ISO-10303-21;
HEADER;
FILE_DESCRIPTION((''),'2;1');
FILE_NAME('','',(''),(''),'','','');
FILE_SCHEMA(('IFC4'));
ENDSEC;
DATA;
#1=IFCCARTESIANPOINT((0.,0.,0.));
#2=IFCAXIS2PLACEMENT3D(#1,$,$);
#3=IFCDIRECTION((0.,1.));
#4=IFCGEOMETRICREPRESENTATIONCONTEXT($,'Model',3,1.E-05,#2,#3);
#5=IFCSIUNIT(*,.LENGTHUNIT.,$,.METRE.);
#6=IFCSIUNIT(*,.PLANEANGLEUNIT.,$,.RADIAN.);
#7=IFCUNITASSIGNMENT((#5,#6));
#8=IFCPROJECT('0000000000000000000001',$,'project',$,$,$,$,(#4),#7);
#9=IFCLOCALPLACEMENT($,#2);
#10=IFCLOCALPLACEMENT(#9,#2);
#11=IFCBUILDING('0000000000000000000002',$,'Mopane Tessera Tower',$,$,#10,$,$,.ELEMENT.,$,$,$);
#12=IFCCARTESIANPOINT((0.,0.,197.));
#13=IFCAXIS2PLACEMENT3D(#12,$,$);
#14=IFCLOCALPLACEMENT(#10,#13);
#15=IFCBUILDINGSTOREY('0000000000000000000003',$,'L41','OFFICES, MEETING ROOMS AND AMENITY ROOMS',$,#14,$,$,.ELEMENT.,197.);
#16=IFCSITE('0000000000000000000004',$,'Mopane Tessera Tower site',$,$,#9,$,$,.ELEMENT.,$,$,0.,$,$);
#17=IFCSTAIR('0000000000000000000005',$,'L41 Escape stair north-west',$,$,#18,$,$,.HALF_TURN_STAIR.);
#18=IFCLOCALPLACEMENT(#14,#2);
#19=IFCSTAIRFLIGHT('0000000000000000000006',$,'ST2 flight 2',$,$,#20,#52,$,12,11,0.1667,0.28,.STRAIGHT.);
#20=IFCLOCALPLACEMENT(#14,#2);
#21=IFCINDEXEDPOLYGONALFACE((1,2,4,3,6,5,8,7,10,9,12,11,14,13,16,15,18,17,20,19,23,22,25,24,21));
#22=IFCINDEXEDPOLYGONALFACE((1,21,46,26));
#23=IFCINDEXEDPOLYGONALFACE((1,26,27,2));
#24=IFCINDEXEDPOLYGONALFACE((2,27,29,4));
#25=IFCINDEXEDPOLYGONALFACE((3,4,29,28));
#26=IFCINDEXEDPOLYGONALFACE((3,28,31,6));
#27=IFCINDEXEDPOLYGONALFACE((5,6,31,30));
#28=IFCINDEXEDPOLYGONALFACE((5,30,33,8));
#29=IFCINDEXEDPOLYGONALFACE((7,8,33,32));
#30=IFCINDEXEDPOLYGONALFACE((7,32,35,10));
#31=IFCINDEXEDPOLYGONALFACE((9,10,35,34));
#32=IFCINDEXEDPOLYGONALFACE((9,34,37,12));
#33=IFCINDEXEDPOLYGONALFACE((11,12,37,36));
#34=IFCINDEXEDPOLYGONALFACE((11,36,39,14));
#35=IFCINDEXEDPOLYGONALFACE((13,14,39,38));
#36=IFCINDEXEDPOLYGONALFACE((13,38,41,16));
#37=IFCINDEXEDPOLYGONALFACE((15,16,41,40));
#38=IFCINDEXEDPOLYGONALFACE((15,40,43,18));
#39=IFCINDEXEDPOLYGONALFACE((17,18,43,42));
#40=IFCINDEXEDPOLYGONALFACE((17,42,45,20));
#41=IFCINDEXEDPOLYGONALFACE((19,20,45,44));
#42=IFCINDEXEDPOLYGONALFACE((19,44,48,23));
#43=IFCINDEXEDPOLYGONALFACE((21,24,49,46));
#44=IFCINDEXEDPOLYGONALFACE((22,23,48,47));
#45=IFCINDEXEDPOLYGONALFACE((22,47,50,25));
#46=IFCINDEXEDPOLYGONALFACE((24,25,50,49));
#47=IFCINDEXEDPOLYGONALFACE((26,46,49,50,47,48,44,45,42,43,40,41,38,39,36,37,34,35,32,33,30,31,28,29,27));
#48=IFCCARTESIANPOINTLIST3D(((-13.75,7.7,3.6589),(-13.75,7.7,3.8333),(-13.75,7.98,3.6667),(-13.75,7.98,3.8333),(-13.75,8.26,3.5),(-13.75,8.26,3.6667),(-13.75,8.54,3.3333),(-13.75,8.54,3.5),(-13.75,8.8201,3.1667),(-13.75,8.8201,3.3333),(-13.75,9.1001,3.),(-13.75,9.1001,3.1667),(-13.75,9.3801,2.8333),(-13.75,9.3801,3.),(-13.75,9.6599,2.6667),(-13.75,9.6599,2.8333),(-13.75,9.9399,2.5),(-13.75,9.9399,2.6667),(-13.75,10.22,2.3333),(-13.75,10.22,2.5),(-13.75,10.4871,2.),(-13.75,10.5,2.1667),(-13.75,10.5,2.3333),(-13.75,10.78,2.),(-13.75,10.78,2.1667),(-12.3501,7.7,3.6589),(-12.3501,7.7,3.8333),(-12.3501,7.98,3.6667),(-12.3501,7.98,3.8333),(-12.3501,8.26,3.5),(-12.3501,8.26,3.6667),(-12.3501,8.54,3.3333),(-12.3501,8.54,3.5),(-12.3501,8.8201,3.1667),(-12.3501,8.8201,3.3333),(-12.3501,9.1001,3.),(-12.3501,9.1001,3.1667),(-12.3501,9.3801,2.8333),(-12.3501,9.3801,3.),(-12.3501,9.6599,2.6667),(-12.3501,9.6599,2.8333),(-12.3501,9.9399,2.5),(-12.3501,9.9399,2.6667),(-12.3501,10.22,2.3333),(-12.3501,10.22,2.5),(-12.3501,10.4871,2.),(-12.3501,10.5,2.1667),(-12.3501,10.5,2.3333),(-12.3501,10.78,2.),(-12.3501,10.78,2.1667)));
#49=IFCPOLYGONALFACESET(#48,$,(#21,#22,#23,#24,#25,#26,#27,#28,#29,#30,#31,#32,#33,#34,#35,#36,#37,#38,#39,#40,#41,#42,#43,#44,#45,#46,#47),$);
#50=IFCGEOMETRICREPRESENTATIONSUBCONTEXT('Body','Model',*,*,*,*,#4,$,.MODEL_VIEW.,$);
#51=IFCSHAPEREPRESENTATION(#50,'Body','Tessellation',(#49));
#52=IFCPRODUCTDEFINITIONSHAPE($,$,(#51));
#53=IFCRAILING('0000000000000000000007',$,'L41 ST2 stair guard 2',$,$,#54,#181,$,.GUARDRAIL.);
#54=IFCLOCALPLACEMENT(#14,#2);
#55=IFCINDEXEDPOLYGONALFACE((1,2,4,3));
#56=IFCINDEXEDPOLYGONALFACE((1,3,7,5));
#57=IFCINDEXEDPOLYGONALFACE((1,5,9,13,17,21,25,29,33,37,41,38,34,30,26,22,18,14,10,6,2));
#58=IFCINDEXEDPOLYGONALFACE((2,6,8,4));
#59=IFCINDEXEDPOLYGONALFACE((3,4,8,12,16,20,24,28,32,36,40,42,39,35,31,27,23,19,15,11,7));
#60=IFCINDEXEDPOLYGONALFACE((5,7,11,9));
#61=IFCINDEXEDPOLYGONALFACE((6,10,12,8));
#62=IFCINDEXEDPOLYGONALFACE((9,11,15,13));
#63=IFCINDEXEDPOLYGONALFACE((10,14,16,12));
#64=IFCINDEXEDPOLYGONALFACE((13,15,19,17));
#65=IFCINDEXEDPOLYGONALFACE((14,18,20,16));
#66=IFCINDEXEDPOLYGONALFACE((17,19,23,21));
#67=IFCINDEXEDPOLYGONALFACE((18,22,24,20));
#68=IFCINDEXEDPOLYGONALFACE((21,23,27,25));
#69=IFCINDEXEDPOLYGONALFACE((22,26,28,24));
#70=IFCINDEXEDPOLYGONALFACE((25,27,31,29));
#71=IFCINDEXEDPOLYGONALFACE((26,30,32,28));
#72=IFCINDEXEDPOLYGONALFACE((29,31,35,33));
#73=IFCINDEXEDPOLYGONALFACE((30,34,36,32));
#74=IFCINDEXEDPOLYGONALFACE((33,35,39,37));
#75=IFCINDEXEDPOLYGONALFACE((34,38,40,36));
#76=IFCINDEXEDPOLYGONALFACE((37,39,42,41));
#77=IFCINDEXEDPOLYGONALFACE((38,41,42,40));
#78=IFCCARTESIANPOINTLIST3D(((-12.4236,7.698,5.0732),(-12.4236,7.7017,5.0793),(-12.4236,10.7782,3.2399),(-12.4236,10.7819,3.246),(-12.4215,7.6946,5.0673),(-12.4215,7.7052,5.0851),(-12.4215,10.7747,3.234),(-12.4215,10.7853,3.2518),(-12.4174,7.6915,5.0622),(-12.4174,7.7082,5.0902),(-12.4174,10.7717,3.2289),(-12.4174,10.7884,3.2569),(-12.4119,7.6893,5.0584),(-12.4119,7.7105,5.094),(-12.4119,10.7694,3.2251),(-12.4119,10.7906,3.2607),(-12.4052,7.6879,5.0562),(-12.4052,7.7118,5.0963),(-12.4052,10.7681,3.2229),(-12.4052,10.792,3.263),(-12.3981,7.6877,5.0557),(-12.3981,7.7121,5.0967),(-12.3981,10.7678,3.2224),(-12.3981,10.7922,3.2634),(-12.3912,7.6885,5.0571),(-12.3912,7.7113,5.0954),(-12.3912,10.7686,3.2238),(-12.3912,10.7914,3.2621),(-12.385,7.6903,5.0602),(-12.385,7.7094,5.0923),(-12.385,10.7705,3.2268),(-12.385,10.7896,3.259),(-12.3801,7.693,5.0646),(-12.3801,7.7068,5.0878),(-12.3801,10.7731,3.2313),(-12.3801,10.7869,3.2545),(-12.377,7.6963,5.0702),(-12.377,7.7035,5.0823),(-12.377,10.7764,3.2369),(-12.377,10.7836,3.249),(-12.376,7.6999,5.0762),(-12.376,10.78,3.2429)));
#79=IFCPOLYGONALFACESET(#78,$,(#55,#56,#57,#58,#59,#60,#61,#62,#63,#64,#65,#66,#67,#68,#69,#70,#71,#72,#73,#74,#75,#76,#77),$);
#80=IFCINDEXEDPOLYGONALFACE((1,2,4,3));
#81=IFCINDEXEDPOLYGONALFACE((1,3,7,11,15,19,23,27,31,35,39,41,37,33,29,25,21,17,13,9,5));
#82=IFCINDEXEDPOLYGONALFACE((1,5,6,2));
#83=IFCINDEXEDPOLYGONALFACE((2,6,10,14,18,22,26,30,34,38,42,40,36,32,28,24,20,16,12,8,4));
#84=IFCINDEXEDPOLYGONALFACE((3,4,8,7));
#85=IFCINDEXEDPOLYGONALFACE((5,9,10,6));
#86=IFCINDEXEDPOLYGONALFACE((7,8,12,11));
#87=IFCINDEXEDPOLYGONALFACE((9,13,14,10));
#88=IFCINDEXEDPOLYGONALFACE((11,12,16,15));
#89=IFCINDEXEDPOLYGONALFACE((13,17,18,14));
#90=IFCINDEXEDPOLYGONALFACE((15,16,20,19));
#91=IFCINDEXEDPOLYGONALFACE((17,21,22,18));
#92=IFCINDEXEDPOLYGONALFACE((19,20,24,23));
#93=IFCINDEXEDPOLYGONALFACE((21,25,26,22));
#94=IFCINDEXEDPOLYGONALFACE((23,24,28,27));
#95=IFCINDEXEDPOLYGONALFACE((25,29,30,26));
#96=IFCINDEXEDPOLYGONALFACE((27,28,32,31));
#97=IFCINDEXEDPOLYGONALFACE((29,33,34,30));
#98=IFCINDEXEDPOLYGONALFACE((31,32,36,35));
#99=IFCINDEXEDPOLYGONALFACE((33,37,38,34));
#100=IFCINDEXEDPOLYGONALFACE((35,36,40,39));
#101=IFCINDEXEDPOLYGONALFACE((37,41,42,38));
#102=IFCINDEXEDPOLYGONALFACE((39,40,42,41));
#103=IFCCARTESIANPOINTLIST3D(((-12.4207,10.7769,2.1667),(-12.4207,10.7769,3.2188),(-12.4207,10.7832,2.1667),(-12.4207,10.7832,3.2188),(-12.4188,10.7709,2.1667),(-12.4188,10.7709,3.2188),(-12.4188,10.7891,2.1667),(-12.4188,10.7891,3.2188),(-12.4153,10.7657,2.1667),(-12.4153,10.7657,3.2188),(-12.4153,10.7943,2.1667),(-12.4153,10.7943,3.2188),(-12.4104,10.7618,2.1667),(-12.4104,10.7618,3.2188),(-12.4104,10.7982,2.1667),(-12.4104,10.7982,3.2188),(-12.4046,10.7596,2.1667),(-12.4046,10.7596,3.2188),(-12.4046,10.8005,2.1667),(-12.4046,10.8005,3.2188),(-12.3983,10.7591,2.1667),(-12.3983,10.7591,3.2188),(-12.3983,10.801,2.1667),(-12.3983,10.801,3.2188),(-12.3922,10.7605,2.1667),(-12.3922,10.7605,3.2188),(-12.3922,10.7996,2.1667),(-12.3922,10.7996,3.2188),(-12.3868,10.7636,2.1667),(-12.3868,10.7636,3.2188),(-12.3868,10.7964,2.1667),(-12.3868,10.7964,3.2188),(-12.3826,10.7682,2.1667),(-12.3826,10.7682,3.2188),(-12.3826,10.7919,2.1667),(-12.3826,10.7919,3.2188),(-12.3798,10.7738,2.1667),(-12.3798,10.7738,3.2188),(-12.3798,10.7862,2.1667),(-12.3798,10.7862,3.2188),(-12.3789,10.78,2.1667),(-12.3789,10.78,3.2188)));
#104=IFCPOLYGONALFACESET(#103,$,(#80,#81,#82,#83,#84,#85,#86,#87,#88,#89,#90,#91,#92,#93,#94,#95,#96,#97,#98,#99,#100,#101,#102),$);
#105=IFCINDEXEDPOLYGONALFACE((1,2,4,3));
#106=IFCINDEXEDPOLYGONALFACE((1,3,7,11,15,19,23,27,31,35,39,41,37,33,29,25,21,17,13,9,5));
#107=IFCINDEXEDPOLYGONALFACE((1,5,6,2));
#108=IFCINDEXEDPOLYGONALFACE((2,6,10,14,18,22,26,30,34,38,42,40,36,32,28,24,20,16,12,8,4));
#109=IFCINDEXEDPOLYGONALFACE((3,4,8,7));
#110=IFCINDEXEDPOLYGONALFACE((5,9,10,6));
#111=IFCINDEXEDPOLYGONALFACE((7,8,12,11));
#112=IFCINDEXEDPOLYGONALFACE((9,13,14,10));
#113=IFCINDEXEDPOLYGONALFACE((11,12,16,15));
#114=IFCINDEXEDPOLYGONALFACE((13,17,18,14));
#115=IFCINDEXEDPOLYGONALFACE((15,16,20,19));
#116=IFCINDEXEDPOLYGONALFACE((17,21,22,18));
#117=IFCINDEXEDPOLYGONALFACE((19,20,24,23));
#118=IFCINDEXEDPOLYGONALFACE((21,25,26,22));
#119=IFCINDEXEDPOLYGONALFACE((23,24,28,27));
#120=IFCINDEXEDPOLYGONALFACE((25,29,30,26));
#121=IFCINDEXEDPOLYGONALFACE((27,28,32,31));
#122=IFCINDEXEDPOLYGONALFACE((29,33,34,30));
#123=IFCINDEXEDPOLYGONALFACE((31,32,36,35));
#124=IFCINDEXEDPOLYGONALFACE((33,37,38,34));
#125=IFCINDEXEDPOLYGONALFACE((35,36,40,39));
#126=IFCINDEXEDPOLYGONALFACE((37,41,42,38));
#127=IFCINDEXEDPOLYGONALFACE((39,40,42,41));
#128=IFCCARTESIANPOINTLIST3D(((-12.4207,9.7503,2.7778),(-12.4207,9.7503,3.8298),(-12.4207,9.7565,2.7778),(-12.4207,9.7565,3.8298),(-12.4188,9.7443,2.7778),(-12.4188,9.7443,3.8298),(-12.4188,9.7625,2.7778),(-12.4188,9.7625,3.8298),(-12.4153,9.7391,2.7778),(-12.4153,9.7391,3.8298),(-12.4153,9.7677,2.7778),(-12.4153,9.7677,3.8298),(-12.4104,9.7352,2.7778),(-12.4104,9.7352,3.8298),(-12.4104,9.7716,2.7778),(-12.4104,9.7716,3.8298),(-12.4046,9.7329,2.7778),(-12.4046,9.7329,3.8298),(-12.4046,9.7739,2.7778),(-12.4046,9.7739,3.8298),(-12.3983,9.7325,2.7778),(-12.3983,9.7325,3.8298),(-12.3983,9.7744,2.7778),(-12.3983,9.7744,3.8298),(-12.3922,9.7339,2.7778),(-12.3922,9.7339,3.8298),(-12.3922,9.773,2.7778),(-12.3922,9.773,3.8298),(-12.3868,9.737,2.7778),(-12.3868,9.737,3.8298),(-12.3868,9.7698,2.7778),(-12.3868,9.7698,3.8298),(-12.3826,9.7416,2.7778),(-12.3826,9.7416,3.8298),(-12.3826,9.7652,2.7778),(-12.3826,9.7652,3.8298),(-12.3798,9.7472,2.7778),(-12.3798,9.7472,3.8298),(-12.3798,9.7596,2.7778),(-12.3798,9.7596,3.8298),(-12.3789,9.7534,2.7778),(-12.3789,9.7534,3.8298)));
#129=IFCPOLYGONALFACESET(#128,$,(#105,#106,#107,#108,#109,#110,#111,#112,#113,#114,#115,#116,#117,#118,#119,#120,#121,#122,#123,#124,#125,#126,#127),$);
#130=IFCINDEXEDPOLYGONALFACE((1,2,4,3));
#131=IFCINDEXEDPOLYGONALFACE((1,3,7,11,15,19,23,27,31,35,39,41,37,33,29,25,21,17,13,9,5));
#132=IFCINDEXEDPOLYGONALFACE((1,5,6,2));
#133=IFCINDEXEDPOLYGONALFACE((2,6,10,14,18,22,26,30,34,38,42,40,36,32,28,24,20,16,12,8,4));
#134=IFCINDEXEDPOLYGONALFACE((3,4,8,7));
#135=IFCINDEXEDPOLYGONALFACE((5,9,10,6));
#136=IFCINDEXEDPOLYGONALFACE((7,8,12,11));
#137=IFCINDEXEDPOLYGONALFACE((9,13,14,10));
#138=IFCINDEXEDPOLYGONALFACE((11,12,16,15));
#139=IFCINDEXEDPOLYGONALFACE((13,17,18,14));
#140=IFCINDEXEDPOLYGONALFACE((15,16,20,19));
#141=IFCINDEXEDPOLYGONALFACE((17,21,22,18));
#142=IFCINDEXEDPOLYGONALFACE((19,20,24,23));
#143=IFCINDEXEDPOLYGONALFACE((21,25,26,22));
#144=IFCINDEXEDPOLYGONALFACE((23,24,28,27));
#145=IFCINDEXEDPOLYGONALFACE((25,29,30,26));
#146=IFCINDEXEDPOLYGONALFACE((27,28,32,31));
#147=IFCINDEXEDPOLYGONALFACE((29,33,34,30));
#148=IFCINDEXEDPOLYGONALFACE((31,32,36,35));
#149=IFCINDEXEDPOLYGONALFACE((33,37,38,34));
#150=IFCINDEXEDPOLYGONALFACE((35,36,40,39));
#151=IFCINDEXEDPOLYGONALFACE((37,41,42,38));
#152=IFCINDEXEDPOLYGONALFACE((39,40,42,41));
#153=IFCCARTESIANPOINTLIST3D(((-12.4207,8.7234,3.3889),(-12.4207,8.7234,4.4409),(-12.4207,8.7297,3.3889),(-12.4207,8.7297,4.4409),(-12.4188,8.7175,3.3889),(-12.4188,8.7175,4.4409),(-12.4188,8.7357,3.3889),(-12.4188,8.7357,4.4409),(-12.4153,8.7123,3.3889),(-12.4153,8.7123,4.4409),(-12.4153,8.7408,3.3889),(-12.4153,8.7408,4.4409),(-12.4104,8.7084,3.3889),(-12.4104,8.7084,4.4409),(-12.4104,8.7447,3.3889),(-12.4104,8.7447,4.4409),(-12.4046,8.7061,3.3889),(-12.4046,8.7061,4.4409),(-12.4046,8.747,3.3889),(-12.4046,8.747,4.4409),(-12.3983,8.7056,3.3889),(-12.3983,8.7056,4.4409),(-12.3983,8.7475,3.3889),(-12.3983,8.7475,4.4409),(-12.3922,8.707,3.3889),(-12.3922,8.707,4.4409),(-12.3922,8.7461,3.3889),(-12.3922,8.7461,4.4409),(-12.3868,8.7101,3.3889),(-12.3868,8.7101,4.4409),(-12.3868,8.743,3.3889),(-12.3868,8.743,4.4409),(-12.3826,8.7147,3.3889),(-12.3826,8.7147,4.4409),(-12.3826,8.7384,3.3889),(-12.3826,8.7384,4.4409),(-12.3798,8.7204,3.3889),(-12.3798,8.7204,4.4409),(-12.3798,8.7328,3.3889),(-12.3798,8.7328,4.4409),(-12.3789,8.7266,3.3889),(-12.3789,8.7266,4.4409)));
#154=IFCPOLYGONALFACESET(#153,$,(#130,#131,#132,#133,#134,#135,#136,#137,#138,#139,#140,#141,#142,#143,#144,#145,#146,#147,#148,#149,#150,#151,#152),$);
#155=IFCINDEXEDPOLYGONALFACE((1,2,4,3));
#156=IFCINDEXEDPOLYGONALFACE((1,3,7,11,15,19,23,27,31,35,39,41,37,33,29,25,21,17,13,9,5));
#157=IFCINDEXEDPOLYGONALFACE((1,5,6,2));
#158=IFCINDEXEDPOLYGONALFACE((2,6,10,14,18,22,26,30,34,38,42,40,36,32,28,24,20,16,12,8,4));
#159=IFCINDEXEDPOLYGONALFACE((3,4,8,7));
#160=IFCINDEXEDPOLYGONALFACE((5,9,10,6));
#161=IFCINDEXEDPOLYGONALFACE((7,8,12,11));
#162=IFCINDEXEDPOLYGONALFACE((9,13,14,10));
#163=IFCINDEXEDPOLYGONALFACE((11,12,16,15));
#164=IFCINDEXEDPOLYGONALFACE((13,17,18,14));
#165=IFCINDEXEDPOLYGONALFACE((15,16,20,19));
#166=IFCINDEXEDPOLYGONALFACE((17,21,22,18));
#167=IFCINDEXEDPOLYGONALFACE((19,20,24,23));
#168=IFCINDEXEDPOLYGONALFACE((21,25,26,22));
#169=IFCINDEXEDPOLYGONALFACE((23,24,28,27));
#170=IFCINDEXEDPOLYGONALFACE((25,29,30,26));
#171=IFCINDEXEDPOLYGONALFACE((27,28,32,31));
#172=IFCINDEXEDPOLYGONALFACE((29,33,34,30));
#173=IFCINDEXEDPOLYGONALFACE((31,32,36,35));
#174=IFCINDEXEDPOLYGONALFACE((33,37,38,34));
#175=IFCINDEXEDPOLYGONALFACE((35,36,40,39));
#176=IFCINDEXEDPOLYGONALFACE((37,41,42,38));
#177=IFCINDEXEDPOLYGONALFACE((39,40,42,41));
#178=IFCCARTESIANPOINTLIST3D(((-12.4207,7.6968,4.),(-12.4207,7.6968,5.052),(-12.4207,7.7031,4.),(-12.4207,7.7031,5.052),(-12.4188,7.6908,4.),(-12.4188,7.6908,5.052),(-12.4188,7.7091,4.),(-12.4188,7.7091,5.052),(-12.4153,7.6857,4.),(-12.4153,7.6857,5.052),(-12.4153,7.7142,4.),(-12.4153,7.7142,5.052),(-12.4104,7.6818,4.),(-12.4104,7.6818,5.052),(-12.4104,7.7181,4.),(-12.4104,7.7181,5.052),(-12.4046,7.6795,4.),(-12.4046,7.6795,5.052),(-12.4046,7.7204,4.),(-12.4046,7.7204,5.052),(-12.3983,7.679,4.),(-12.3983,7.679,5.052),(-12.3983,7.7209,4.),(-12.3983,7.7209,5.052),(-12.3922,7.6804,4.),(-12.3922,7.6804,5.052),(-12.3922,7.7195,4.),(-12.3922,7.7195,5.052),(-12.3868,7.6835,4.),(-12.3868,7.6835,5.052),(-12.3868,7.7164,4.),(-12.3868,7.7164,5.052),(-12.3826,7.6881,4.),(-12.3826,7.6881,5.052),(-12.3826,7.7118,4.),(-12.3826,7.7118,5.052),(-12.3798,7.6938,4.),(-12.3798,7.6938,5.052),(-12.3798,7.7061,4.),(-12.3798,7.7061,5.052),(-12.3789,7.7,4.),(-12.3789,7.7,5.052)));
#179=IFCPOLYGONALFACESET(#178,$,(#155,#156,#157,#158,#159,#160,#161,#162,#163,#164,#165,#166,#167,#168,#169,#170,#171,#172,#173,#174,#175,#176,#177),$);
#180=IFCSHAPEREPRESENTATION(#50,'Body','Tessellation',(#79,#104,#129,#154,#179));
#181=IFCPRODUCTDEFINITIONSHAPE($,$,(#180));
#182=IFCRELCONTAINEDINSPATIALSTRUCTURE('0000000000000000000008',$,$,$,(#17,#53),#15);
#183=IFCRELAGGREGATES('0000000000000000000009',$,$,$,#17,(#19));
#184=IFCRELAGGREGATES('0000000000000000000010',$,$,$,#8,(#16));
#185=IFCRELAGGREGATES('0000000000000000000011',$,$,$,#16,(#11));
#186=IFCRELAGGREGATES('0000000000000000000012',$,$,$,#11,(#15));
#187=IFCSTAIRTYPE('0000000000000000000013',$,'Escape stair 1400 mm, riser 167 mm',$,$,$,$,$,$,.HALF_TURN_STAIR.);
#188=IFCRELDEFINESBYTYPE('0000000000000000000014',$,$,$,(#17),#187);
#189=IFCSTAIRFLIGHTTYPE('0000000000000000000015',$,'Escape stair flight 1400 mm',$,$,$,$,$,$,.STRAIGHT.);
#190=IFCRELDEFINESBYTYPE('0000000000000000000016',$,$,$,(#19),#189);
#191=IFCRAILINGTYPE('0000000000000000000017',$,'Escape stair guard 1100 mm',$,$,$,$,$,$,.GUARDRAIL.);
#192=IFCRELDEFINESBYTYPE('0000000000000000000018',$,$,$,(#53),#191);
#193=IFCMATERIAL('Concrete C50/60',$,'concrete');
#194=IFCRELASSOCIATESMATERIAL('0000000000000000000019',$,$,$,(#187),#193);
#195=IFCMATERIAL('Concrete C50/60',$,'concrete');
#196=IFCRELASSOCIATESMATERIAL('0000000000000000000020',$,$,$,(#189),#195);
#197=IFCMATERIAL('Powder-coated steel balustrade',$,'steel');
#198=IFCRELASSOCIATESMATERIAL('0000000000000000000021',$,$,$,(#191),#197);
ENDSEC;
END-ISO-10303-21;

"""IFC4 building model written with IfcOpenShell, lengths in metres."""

from ifc_helpers import new_model, si_unit, direction, frame, origin, origin_2d, place, context, subcontext, project, spatial, polyline, circle, outline, extrude, material, type_object, element, aggregate, save


model = new_model("IFC4")

# Units and contexts
model_context = context("Model", 3, precision=1e-05, world=origin(), true_north=direction((0.0, 1.0)))
body_context = subcontext(model_context, "Body", "Model", "MODEL_VIEW")
ifc_project = project(units=[si_unit("LENGTHUNIT", "METRE"), si_unit("PLANEANGLEUNIT", "RADIAN")], contexts=[model_context])

# Site, building, storey
site_placement = place(None, origin())
site = spatial("IfcSite", under=ifc_project, at=site_placement, Name="Mopane Tessera Tower site", CompositionType="ELEMENT", RefElevation=0.0)
building_placement = place(site_placement, origin())
building = spatial("IfcBuilding", under=site, at=building_placement, Name="Mopane Tessera Tower", CompositionType="ELEMENT")
storey_placement = place(building_placement, frame((0.0, 0.0, 197.0)))
storey = spatial("IfcBuildingStorey", under=building, at=storey_placement, Name="L41", Description="OFFICES, MEETING ROOMS AND AMENITY ROOMS", CompositionType="ELEMENT", Elevation=197.0)

# Stair, stair flight
ifc_material_1 = material(Name="Concrete C50/60", Category="concrete")
stair_type = type_object("IfcStairType", Name="Escape stair 1400 mm, riser 167 mm", PredefinedType="HALF_TURN_STAIR", material=ifc_material_1)
stair_placement = place(storey_placement, origin())
stair = element("IfcStair", 1, at=stair_placement, inside=storey, type_object=stair_type, Name="L41 Escape stair north-west", PredefinedType="HALF_TURN_STAIR")
ifc_material_2 = material(Name="Concrete C50/60", Category="concrete")
stair_flight_type = type_object("IfcStairFlightType", Name="Escape stair flight 1400 mm", PredefinedType="STRAIGHT", material=ifc_material_2)
stair_flight_placement = place(storey_placement, frame((-13.05, 10.78, 2.0), z_axis=(0.0, 0.0, 1.0), x_axis=(0.0, -1.0, 0.0)))
stair_flight = element("IfcStairFlight", 2, at=stair_flight_placement, type_object=stair_flight_type, Name="ST2 flight 2", NumberOfRisers=12, NumberOfTreads=11, PredefinedType="STRAIGHT", RiserHeight=0.1667, TreadLength=0.28, context=body_context, shape_type="SweptSolid", body=[
    extrude(outline(polyline([(0.0, 0.0), (0.0, 0.1667), (0.28, 0.1667), (0.28, 0.3333), (0.5601, 0.3333), (0.5601, 0.5), (0.8401, 0.5), (0.8401, 0.6667), (1.1201, 0.6667), (1.1201, 0.8333), (1.3999, 0.8333), (1.3999, 1.0), (1.6799, 1.0), (1.6799, 1.1667), (1.96, 1.1667), (1.96, 1.3333), (2.24, 1.3333), (2.24, 1.5), (2.52, 1.5), (2.52, 1.6667), (2.8, 1.6667), (2.8, 1.8333), (3.0801, 1.8333), (3.0801, 2.0), (3.0801, 1.6589), (0.293, 0.0), (0.0, 0.0)])), frame((0.0, 0.7, 0.0), z_axis=(0.0, -1.0, 0.0), x_axis=(1.0, 0.0, 0.0)), (0.0, 0.0, 1.0), 1.3999),
])
aggregate(stair, [stair_flight])

# Railing
ifc_material_3 = material(Name="Powder-coated steel balustrade", Category="steel")
railing_type_1 = type_object("IfcRailingType", Name="Escape stair guard 1100 mm", PredefinedType="GUARDRAIL", material=ifc_material_3)
railing_1_placement = place(storey_placement, frame((-12.3999, 10.78, 2.1667)))
element("IfcRailing", 3, at=railing_1_placement, inside=storey, type_object=railing_type_1, Name="L41 ST2 stair guard 2", PredefinedType="GUARDRAIL", context=body_context, shape_type="SweptSolid", body=[
    extrude(circle(Radius=0.0239, at=origin_2d()), frame((0.0, 0.0, 1.0762), z_axis=(0.0, -0.859309, 0.511458), x_axis=(1.0, 0.0, 0.0)), (0.0, 0.0, 1.0), 3.5845),
    extrude(circle(Radius=0.021, at=origin_2d()), origin(), (0.0, 0.0, 1.0), 1.052),
    extrude(circle(Radius=0.021, at=origin_2d()), frame((0.0, -1.0266, 0.6111)), (0.0, 0.0, 1.0), 1.052),
    extrude(circle(Radius=0.021, at=origin_2d()), frame((0.0, -2.0535, 1.2222)), (0.0, 0.0, 1.0), 1.052),
    extrude(circle(Radius=0.021, at=origin_2d()), frame((0.0, -3.0801, 1.8333)), (0.0, 0.0, 1.0), 1.052),
])

save(model, "model.ifc")
